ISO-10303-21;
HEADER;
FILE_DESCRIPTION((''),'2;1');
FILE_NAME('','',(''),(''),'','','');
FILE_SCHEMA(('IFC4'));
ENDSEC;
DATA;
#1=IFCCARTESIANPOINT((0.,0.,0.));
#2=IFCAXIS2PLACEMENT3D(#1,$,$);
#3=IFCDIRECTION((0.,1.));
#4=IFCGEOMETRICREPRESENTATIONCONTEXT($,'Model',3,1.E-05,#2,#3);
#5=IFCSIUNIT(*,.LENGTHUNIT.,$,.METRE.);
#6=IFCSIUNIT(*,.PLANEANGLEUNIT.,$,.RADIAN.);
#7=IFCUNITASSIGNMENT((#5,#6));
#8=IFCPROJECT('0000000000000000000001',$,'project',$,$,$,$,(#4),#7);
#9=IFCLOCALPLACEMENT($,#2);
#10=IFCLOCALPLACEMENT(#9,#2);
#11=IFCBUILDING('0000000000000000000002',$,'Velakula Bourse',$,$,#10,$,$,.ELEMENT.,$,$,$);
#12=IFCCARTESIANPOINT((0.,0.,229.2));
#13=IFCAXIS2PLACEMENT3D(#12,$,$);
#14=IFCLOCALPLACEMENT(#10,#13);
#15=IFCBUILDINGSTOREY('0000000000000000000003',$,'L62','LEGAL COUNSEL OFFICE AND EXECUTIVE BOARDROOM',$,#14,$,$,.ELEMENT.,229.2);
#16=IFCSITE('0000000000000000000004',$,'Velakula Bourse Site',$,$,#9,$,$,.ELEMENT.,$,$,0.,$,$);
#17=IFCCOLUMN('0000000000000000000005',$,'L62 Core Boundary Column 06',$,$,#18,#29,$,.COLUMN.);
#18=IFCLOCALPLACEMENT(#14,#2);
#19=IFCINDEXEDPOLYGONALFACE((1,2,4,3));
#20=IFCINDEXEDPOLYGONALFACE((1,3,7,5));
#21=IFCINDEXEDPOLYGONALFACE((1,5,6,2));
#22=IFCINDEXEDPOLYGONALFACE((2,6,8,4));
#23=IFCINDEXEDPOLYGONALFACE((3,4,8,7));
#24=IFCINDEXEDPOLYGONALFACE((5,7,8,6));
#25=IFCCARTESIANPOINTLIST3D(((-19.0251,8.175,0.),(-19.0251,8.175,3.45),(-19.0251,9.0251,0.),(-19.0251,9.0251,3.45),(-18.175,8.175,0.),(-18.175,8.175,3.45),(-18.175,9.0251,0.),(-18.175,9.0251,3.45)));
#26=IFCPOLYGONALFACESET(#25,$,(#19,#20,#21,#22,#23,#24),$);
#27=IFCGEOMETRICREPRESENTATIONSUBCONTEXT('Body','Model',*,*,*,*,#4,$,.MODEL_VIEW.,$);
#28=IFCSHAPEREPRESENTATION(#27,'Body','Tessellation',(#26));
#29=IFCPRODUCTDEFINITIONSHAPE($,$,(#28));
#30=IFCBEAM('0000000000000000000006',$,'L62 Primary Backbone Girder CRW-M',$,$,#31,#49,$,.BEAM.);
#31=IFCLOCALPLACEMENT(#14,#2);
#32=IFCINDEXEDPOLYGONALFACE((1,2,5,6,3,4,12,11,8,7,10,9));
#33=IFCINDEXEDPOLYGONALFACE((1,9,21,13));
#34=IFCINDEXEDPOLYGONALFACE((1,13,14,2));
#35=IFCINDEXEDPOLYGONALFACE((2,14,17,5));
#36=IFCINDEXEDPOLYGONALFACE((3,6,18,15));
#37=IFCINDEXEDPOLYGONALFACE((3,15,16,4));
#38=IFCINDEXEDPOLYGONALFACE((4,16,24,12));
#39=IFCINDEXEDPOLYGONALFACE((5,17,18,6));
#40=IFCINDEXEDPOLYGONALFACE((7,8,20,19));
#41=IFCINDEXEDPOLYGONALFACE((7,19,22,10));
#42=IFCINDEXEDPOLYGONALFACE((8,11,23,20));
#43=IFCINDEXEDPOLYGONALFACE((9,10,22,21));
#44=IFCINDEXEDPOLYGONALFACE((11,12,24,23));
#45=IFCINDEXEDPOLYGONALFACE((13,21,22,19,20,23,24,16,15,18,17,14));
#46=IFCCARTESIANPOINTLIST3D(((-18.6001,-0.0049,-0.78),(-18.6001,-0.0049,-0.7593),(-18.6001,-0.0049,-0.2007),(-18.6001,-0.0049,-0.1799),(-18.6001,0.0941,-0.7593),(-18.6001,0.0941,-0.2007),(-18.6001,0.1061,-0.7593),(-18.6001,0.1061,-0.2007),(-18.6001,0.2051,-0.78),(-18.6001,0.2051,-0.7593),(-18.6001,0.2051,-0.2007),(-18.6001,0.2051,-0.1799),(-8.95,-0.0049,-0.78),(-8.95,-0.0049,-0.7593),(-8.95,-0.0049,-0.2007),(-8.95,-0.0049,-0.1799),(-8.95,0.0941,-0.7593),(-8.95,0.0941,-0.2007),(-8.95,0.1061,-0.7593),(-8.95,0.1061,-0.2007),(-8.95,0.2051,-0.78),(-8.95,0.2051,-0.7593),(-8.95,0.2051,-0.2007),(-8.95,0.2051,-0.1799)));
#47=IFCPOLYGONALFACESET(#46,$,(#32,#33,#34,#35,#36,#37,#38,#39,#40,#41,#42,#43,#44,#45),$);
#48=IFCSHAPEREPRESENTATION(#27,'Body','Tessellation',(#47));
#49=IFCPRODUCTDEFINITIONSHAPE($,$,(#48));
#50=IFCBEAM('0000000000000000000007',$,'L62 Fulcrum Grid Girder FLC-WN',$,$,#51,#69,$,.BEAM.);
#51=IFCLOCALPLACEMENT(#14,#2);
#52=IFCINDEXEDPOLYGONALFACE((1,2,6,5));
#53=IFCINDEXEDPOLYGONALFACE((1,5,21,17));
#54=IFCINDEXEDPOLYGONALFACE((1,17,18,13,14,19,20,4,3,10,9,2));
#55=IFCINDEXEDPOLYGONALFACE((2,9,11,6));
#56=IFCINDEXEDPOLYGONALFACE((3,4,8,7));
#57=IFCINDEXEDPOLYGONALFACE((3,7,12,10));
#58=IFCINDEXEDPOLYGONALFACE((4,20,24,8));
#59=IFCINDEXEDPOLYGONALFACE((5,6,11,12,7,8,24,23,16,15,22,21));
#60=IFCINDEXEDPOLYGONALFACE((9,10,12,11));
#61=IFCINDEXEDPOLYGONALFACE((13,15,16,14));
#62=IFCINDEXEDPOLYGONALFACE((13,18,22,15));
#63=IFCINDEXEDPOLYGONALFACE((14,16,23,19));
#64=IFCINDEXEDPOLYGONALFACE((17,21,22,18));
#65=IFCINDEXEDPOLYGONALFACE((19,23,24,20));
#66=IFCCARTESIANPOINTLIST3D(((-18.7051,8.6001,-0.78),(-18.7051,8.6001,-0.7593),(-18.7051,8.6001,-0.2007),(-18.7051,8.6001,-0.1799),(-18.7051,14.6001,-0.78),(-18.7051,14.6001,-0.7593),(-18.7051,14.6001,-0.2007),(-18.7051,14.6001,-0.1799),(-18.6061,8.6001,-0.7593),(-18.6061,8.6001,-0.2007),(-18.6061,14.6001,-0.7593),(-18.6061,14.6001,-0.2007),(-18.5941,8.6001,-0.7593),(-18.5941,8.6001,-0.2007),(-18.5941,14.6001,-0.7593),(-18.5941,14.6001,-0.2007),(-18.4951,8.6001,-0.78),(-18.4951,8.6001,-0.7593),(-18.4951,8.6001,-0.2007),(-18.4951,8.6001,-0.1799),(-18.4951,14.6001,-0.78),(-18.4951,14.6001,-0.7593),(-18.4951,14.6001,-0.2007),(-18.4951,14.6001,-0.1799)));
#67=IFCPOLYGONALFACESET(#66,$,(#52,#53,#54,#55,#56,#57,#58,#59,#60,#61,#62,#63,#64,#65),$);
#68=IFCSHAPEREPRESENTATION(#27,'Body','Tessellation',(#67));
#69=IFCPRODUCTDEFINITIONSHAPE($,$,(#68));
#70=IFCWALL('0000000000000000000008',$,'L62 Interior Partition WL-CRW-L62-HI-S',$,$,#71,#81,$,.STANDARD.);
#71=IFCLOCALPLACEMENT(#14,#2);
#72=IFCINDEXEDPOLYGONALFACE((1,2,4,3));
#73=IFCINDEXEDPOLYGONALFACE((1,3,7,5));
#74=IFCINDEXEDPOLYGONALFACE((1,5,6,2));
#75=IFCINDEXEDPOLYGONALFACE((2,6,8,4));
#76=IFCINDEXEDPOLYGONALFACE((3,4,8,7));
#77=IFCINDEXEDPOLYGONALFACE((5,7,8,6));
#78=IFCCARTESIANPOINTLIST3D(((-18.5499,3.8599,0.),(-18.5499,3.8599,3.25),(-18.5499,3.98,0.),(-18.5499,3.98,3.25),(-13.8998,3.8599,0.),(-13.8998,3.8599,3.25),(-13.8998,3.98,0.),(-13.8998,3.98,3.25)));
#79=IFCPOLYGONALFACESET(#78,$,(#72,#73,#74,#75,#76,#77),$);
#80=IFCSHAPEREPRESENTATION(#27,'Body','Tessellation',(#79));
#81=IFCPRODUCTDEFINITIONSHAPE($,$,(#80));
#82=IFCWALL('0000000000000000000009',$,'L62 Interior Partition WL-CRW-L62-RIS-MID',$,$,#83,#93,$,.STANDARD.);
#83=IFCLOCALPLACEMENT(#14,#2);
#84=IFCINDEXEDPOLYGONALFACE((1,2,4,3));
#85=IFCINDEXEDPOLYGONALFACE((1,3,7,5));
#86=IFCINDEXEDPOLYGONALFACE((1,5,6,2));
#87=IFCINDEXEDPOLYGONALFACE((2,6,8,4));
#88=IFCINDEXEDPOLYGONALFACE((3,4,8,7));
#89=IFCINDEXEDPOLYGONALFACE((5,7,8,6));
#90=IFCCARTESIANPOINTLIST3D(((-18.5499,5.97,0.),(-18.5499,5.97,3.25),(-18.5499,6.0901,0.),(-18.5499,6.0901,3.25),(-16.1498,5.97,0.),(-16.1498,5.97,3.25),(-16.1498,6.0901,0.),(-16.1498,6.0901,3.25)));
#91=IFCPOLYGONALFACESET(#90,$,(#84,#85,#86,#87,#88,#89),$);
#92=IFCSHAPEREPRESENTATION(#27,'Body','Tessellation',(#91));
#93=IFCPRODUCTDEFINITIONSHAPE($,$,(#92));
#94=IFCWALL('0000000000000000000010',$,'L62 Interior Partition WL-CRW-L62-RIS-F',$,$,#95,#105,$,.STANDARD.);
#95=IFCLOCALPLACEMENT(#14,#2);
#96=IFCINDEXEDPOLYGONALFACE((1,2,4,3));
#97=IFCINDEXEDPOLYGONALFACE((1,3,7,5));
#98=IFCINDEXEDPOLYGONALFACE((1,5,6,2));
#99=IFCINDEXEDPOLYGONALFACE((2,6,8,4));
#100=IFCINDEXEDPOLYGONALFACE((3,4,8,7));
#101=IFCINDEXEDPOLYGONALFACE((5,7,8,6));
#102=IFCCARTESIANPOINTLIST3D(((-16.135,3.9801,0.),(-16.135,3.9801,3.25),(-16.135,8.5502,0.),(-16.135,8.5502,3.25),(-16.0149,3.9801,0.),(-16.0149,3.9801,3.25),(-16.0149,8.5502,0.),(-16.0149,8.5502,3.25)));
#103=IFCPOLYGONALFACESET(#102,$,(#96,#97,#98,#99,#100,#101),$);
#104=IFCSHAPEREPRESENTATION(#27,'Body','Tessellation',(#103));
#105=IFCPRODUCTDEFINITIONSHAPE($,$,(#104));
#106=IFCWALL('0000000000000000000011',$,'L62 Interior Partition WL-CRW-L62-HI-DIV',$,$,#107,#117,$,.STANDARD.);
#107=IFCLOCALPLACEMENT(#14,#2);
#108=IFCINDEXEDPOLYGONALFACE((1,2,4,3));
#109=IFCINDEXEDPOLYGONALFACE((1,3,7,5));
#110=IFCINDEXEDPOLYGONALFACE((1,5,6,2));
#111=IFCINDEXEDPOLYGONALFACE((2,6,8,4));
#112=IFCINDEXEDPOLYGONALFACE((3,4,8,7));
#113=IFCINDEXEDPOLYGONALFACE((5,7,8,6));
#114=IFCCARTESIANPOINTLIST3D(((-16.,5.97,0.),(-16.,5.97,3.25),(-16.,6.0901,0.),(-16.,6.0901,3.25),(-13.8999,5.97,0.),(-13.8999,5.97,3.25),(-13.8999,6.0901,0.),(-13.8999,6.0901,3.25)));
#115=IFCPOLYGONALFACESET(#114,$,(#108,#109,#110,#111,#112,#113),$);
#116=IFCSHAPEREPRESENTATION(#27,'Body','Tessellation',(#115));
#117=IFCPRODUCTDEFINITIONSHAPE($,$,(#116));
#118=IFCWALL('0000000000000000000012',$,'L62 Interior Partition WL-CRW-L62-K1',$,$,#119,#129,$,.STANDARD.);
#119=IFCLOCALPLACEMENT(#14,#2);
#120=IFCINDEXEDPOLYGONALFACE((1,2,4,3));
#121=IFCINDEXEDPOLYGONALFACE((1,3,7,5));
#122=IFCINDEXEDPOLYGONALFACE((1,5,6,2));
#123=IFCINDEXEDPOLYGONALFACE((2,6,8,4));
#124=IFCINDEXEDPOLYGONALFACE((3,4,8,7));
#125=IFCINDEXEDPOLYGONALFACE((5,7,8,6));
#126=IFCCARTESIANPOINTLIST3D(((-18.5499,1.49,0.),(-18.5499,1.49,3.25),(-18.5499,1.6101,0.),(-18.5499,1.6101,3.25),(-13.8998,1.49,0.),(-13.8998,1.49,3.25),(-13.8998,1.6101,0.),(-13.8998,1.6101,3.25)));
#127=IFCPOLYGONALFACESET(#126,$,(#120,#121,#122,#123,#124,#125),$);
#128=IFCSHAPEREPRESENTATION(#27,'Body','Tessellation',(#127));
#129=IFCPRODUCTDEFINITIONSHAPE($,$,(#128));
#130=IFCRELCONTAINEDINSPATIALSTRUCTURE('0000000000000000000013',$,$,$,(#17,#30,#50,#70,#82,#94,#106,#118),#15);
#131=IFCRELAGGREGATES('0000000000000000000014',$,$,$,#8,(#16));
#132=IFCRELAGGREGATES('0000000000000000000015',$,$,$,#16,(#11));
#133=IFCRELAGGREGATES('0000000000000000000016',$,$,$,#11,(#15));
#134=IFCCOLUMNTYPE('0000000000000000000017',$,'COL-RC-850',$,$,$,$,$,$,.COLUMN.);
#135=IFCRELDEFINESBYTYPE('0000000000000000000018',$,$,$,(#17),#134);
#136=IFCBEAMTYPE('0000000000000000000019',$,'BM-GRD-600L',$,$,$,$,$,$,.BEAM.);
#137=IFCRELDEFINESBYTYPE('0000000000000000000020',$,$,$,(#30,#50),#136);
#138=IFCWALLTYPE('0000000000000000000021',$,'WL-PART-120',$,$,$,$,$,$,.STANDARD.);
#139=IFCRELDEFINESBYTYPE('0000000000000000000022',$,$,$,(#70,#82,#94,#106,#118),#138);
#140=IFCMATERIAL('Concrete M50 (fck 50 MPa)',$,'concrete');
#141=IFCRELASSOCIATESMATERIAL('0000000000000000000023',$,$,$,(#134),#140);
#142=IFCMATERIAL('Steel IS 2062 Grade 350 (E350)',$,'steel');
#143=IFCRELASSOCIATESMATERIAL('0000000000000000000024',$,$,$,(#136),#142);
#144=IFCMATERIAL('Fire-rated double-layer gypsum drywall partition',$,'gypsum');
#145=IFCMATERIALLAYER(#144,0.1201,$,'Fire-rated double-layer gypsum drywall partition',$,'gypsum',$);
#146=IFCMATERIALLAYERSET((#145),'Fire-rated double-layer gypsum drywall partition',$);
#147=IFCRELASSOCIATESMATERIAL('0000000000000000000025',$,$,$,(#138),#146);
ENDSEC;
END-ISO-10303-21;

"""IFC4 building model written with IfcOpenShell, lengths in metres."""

from ifc_helpers import new_model, si_unit, direction, frame, frame_2d, origin, origin_2d, place, context, subcontext, project, spatial, rectangle, i_section, extrude, material, layer, layer_set, material_profile, profile_set, type_object, element, save


model = new_model("IFC4")

# Units and contexts
model_context = context("Model", 3, precision=1e-05, world=origin(), true_north=direction((0.0, 1.0)))
body_context = subcontext(model_context, "Body", "Model", "MODEL_VIEW")
ifc_project = project(units=[si_unit("LENGTHUNIT", "METRE"), si_unit("PLANEANGLEUNIT", "RADIAN")], contexts=[model_context])

# Site, building, storey
site_placement = place(None, origin())
site = spatial("IfcSite", under=ifc_project, at=site_placement, Name="Velakula Bourse Site", CompositionType="ELEMENT", RefElevation=0.0)
building_placement = place(site_placement, origin())
building = spatial("IfcBuilding", under=site, at=building_placement, Name="Velakula Bourse", CompositionType="ELEMENT")
storey_placement = place(building_placement, frame((0.0, 0.0, 229.2)))
storey = spatial("IfcBuildingStorey", under=building, at=storey_placement, Name="L62", Description="LEGAL COUNSEL OFFICE AND EXECUTIVE BOARDROOM", CompositionType="ELEMENT", Elevation=229.2)

# Column
ifc_material_1 = material(Name="Concrete M50 (fck 50 MPa)", Category="concrete")
ifc_material_profile_1 = material_profile(ifc_material_1, rectangle(XDim=0.8501, YDim=0.8501, at=origin_2d()), Name="Concrete M50 (fck 50 MPa)")
ifc_profile_set_1 = profile_set([ifc_material_profile_1], Name="Concrete M50 (fck 50 MPa)")
column_type = type_object("IfcColumnType", Name="COL-RC-850", PredefinedType="COLUMN", material=ifc_profile_set_1)
column_placement = place(storey_placement, frame((-18.6001, 8.6001, 0.0), z_axis=(0.0, 0.0, 1.0), x_axis=(1.0, 0.0, 0.0)))
element("IfcColumn", 1, at=column_placement, inside=storey, type_object=column_type, Name="L62 Core Boundary Column 06", PredefinedType="COLUMN", context=body_context, shape_type="SweptSolid", body=[
    extrude(rectangle(XDim=0.8501, YDim=0.8501, at=origin_2d()), origin(), (0.0, 0.0, 1.0), 3.45),
])

# Beams
ifc_material_2 = material(Name="Steel IS 2062 Grade 350 (E350)", Category="steel")
ifc_material_profile_2 = material_profile(ifc_material_2, i_section(OverallWidth=0.21, OverallDepth=0.6001, WebThickness=0.012, FlangeThickness=0.0208, at=origin_2d()), Name="Steel IS 2062 Grade 350 (E350)")
ifc_profile_set_2 = profile_set([ifc_material_profile_2], Name="Steel IS 2062 Grade 350 (E350)")
beam_type = type_object("IfcBeamType", Name="BM-GRD-600L", PredefinedType="BEAM", material=ifc_profile_set_2)
beam_1_placement = place(storey_placement, frame((-18.6001, 0.1001, -0.48), z_axis=(1.0, 0.0, 0.0), x_axis=(0.0, 1.0, 0.0)))
element("IfcBeam", 2, at=beam_1_placement, inside=storey, type_object=beam_type, Name="L62 Primary Backbone Girder CRW-M", PredefinedType="BEAM", context=body_context, shape_type="SweptSolid", body=[
    extrude(i_section(OverallWidth=0.21, OverallDepth=0.6001, WebThickness=0.012, FlangeThickness=0.0208, at=origin_2d()), origin(), (0.0, 0.0, 1.0), 9.6501),
])
beam_2_placement = place(storey_placement, frame((-18.6001, 8.6001, -0.48), z_axis=(0.0, 1.0, 0.0), x_axis=(-1.0, 0.0, 0.0)))
element("IfcBeam", 3, at=beam_2_placement, inside=storey, type_object=beam_type, Name="L62 Fulcrum Grid Girder FLC-WN", PredefinedType="BEAM", context=body_context, shape_type="SweptSolid", body=[
    extrude(i_section(OverallWidth=0.21, OverallDepth=0.6001, WebThickness=0.012, FlangeThickness=0.0208, at=origin_2d()), origin(), (0.0, 0.0, 1.0), 6.0),
])

# Walls
ifc_material_3 = material(Name="Fire-rated double-layer gypsum drywall partition", Category="gypsum")
ifc_layer_1 = layer(ifc_material_3, 0.1201, Name="Fire-rated double-layer gypsum drywall partition", Category="gypsum")
ifc_layer_set_1 = layer_set([ifc_layer_1], Name="Fire-rated double-layer gypsum drywall partition")
wall_type_1 = type_object("IfcWallType", Name="WL-PART-120", PredefinedType="STANDARD", material=ifc_layer_set_1)
wall_1_placement = place(storey_placement, frame((-18.55, 3.9199, 0.0), z_axis=(0.0, 0.0, 1.0), x_axis=(1.0, 0.0, 0.0)))
element("IfcWall", 4, at=wall_1_placement, inside=storey, type_object=wall_type_1, Name="L62 Interior Partition WL-CRW-L62-HI-S", PredefinedType="STANDARD", context=body_context, shape_type="SweptSolid", body=[
    extrude(rectangle(XDim=4.6501, YDim=0.1201, at=frame_2d((2.3252, 0.0))), origin(), (0.0, 0.0, 1.0), 3.25),
])
wall_2_placement = place(storey_placement, frame((-18.55, 6.03, 0.0), z_axis=(0.0, 0.0, 1.0), x_axis=(1.0, 0.0, 0.0)))
element("IfcWall", 5, at=wall_2_placement, inside=storey, type_object=wall_type_1, Name="L62 Interior Partition WL-CRW-L62-RIS-MID", PredefinedType="STANDARD", context=body_context, shape_type="SweptSolid", body=[
    extrude(rectangle(XDim=2.4001, YDim=0.1201, at=frame_2d((1.2002, 0.0))), origin(), (0.0, 0.0, 1.0), 3.25),
])
wall_3_placement = place(storey_placement, frame((-16.075, 3.98, 0.0), z_axis=(0.0, 0.0, 1.0), x_axis=(0.0, 1.0, 0.0)))
element("IfcWall", 6, at=wall_3_placement, inside=storey, type_object=wall_type_1, Name="L62 Interior Partition WL-CRW-L62-RIS-F", PredefinedType="STANDARD", context=body_context, shape_type="SweptSolid", body=[
    extrude(rectangle(XDim=4.5701, YDim=0.1201, at=frame_2d((2.2852, 0.0))), origin(), (0.0, 0.0, 1.0), 3.25),
])
wall_4_placement = place(storey_placement, frame((-16.0, 6.03, 0.0), z_axis=(0.0, 0.0, 1.0), x_axis=(1.0, 0.0, 0.0)))
element("IfcWall", 7, at=wall_4_placement, inside=storey, type_object=wall_type_1, Name="L62 Interior Partition WL-CRW-L62-HI-DIV", PredefinedType="STANDARD", context=body_context, shape_type="SweptSolid", body=[
    extrude(rectangle(XDim=2.1001, YDim=0.1201, at=frame_2d((1.05, 0.0))), origin(), (0.0, 0.0, 1.0), 3.25),
])
wall_5_placement = place(storey_placement, frame((-18.55, 1.55, 0.0), z_axis=(0.0, 0.0, 1.0), x_axis=(1.0, 0.0, 0.0)))
element("IfcWall", 8, at=wall_5_placement, inside=storey, type_object=wall_type_1, Name="L62 Interior Partition WL-CRW-L62-K1", PredefinedType="STANDARD", context=body_context, shape_type="SweptSolid", body=[
    extrude(rectangle(XDim=4.6501, YDim=0.1201, at=frame_2d((2.3252, 0.0))), origin(), (0.0, 0.0, 1.0), 3.25),
])

save(model, "model.ifc")
